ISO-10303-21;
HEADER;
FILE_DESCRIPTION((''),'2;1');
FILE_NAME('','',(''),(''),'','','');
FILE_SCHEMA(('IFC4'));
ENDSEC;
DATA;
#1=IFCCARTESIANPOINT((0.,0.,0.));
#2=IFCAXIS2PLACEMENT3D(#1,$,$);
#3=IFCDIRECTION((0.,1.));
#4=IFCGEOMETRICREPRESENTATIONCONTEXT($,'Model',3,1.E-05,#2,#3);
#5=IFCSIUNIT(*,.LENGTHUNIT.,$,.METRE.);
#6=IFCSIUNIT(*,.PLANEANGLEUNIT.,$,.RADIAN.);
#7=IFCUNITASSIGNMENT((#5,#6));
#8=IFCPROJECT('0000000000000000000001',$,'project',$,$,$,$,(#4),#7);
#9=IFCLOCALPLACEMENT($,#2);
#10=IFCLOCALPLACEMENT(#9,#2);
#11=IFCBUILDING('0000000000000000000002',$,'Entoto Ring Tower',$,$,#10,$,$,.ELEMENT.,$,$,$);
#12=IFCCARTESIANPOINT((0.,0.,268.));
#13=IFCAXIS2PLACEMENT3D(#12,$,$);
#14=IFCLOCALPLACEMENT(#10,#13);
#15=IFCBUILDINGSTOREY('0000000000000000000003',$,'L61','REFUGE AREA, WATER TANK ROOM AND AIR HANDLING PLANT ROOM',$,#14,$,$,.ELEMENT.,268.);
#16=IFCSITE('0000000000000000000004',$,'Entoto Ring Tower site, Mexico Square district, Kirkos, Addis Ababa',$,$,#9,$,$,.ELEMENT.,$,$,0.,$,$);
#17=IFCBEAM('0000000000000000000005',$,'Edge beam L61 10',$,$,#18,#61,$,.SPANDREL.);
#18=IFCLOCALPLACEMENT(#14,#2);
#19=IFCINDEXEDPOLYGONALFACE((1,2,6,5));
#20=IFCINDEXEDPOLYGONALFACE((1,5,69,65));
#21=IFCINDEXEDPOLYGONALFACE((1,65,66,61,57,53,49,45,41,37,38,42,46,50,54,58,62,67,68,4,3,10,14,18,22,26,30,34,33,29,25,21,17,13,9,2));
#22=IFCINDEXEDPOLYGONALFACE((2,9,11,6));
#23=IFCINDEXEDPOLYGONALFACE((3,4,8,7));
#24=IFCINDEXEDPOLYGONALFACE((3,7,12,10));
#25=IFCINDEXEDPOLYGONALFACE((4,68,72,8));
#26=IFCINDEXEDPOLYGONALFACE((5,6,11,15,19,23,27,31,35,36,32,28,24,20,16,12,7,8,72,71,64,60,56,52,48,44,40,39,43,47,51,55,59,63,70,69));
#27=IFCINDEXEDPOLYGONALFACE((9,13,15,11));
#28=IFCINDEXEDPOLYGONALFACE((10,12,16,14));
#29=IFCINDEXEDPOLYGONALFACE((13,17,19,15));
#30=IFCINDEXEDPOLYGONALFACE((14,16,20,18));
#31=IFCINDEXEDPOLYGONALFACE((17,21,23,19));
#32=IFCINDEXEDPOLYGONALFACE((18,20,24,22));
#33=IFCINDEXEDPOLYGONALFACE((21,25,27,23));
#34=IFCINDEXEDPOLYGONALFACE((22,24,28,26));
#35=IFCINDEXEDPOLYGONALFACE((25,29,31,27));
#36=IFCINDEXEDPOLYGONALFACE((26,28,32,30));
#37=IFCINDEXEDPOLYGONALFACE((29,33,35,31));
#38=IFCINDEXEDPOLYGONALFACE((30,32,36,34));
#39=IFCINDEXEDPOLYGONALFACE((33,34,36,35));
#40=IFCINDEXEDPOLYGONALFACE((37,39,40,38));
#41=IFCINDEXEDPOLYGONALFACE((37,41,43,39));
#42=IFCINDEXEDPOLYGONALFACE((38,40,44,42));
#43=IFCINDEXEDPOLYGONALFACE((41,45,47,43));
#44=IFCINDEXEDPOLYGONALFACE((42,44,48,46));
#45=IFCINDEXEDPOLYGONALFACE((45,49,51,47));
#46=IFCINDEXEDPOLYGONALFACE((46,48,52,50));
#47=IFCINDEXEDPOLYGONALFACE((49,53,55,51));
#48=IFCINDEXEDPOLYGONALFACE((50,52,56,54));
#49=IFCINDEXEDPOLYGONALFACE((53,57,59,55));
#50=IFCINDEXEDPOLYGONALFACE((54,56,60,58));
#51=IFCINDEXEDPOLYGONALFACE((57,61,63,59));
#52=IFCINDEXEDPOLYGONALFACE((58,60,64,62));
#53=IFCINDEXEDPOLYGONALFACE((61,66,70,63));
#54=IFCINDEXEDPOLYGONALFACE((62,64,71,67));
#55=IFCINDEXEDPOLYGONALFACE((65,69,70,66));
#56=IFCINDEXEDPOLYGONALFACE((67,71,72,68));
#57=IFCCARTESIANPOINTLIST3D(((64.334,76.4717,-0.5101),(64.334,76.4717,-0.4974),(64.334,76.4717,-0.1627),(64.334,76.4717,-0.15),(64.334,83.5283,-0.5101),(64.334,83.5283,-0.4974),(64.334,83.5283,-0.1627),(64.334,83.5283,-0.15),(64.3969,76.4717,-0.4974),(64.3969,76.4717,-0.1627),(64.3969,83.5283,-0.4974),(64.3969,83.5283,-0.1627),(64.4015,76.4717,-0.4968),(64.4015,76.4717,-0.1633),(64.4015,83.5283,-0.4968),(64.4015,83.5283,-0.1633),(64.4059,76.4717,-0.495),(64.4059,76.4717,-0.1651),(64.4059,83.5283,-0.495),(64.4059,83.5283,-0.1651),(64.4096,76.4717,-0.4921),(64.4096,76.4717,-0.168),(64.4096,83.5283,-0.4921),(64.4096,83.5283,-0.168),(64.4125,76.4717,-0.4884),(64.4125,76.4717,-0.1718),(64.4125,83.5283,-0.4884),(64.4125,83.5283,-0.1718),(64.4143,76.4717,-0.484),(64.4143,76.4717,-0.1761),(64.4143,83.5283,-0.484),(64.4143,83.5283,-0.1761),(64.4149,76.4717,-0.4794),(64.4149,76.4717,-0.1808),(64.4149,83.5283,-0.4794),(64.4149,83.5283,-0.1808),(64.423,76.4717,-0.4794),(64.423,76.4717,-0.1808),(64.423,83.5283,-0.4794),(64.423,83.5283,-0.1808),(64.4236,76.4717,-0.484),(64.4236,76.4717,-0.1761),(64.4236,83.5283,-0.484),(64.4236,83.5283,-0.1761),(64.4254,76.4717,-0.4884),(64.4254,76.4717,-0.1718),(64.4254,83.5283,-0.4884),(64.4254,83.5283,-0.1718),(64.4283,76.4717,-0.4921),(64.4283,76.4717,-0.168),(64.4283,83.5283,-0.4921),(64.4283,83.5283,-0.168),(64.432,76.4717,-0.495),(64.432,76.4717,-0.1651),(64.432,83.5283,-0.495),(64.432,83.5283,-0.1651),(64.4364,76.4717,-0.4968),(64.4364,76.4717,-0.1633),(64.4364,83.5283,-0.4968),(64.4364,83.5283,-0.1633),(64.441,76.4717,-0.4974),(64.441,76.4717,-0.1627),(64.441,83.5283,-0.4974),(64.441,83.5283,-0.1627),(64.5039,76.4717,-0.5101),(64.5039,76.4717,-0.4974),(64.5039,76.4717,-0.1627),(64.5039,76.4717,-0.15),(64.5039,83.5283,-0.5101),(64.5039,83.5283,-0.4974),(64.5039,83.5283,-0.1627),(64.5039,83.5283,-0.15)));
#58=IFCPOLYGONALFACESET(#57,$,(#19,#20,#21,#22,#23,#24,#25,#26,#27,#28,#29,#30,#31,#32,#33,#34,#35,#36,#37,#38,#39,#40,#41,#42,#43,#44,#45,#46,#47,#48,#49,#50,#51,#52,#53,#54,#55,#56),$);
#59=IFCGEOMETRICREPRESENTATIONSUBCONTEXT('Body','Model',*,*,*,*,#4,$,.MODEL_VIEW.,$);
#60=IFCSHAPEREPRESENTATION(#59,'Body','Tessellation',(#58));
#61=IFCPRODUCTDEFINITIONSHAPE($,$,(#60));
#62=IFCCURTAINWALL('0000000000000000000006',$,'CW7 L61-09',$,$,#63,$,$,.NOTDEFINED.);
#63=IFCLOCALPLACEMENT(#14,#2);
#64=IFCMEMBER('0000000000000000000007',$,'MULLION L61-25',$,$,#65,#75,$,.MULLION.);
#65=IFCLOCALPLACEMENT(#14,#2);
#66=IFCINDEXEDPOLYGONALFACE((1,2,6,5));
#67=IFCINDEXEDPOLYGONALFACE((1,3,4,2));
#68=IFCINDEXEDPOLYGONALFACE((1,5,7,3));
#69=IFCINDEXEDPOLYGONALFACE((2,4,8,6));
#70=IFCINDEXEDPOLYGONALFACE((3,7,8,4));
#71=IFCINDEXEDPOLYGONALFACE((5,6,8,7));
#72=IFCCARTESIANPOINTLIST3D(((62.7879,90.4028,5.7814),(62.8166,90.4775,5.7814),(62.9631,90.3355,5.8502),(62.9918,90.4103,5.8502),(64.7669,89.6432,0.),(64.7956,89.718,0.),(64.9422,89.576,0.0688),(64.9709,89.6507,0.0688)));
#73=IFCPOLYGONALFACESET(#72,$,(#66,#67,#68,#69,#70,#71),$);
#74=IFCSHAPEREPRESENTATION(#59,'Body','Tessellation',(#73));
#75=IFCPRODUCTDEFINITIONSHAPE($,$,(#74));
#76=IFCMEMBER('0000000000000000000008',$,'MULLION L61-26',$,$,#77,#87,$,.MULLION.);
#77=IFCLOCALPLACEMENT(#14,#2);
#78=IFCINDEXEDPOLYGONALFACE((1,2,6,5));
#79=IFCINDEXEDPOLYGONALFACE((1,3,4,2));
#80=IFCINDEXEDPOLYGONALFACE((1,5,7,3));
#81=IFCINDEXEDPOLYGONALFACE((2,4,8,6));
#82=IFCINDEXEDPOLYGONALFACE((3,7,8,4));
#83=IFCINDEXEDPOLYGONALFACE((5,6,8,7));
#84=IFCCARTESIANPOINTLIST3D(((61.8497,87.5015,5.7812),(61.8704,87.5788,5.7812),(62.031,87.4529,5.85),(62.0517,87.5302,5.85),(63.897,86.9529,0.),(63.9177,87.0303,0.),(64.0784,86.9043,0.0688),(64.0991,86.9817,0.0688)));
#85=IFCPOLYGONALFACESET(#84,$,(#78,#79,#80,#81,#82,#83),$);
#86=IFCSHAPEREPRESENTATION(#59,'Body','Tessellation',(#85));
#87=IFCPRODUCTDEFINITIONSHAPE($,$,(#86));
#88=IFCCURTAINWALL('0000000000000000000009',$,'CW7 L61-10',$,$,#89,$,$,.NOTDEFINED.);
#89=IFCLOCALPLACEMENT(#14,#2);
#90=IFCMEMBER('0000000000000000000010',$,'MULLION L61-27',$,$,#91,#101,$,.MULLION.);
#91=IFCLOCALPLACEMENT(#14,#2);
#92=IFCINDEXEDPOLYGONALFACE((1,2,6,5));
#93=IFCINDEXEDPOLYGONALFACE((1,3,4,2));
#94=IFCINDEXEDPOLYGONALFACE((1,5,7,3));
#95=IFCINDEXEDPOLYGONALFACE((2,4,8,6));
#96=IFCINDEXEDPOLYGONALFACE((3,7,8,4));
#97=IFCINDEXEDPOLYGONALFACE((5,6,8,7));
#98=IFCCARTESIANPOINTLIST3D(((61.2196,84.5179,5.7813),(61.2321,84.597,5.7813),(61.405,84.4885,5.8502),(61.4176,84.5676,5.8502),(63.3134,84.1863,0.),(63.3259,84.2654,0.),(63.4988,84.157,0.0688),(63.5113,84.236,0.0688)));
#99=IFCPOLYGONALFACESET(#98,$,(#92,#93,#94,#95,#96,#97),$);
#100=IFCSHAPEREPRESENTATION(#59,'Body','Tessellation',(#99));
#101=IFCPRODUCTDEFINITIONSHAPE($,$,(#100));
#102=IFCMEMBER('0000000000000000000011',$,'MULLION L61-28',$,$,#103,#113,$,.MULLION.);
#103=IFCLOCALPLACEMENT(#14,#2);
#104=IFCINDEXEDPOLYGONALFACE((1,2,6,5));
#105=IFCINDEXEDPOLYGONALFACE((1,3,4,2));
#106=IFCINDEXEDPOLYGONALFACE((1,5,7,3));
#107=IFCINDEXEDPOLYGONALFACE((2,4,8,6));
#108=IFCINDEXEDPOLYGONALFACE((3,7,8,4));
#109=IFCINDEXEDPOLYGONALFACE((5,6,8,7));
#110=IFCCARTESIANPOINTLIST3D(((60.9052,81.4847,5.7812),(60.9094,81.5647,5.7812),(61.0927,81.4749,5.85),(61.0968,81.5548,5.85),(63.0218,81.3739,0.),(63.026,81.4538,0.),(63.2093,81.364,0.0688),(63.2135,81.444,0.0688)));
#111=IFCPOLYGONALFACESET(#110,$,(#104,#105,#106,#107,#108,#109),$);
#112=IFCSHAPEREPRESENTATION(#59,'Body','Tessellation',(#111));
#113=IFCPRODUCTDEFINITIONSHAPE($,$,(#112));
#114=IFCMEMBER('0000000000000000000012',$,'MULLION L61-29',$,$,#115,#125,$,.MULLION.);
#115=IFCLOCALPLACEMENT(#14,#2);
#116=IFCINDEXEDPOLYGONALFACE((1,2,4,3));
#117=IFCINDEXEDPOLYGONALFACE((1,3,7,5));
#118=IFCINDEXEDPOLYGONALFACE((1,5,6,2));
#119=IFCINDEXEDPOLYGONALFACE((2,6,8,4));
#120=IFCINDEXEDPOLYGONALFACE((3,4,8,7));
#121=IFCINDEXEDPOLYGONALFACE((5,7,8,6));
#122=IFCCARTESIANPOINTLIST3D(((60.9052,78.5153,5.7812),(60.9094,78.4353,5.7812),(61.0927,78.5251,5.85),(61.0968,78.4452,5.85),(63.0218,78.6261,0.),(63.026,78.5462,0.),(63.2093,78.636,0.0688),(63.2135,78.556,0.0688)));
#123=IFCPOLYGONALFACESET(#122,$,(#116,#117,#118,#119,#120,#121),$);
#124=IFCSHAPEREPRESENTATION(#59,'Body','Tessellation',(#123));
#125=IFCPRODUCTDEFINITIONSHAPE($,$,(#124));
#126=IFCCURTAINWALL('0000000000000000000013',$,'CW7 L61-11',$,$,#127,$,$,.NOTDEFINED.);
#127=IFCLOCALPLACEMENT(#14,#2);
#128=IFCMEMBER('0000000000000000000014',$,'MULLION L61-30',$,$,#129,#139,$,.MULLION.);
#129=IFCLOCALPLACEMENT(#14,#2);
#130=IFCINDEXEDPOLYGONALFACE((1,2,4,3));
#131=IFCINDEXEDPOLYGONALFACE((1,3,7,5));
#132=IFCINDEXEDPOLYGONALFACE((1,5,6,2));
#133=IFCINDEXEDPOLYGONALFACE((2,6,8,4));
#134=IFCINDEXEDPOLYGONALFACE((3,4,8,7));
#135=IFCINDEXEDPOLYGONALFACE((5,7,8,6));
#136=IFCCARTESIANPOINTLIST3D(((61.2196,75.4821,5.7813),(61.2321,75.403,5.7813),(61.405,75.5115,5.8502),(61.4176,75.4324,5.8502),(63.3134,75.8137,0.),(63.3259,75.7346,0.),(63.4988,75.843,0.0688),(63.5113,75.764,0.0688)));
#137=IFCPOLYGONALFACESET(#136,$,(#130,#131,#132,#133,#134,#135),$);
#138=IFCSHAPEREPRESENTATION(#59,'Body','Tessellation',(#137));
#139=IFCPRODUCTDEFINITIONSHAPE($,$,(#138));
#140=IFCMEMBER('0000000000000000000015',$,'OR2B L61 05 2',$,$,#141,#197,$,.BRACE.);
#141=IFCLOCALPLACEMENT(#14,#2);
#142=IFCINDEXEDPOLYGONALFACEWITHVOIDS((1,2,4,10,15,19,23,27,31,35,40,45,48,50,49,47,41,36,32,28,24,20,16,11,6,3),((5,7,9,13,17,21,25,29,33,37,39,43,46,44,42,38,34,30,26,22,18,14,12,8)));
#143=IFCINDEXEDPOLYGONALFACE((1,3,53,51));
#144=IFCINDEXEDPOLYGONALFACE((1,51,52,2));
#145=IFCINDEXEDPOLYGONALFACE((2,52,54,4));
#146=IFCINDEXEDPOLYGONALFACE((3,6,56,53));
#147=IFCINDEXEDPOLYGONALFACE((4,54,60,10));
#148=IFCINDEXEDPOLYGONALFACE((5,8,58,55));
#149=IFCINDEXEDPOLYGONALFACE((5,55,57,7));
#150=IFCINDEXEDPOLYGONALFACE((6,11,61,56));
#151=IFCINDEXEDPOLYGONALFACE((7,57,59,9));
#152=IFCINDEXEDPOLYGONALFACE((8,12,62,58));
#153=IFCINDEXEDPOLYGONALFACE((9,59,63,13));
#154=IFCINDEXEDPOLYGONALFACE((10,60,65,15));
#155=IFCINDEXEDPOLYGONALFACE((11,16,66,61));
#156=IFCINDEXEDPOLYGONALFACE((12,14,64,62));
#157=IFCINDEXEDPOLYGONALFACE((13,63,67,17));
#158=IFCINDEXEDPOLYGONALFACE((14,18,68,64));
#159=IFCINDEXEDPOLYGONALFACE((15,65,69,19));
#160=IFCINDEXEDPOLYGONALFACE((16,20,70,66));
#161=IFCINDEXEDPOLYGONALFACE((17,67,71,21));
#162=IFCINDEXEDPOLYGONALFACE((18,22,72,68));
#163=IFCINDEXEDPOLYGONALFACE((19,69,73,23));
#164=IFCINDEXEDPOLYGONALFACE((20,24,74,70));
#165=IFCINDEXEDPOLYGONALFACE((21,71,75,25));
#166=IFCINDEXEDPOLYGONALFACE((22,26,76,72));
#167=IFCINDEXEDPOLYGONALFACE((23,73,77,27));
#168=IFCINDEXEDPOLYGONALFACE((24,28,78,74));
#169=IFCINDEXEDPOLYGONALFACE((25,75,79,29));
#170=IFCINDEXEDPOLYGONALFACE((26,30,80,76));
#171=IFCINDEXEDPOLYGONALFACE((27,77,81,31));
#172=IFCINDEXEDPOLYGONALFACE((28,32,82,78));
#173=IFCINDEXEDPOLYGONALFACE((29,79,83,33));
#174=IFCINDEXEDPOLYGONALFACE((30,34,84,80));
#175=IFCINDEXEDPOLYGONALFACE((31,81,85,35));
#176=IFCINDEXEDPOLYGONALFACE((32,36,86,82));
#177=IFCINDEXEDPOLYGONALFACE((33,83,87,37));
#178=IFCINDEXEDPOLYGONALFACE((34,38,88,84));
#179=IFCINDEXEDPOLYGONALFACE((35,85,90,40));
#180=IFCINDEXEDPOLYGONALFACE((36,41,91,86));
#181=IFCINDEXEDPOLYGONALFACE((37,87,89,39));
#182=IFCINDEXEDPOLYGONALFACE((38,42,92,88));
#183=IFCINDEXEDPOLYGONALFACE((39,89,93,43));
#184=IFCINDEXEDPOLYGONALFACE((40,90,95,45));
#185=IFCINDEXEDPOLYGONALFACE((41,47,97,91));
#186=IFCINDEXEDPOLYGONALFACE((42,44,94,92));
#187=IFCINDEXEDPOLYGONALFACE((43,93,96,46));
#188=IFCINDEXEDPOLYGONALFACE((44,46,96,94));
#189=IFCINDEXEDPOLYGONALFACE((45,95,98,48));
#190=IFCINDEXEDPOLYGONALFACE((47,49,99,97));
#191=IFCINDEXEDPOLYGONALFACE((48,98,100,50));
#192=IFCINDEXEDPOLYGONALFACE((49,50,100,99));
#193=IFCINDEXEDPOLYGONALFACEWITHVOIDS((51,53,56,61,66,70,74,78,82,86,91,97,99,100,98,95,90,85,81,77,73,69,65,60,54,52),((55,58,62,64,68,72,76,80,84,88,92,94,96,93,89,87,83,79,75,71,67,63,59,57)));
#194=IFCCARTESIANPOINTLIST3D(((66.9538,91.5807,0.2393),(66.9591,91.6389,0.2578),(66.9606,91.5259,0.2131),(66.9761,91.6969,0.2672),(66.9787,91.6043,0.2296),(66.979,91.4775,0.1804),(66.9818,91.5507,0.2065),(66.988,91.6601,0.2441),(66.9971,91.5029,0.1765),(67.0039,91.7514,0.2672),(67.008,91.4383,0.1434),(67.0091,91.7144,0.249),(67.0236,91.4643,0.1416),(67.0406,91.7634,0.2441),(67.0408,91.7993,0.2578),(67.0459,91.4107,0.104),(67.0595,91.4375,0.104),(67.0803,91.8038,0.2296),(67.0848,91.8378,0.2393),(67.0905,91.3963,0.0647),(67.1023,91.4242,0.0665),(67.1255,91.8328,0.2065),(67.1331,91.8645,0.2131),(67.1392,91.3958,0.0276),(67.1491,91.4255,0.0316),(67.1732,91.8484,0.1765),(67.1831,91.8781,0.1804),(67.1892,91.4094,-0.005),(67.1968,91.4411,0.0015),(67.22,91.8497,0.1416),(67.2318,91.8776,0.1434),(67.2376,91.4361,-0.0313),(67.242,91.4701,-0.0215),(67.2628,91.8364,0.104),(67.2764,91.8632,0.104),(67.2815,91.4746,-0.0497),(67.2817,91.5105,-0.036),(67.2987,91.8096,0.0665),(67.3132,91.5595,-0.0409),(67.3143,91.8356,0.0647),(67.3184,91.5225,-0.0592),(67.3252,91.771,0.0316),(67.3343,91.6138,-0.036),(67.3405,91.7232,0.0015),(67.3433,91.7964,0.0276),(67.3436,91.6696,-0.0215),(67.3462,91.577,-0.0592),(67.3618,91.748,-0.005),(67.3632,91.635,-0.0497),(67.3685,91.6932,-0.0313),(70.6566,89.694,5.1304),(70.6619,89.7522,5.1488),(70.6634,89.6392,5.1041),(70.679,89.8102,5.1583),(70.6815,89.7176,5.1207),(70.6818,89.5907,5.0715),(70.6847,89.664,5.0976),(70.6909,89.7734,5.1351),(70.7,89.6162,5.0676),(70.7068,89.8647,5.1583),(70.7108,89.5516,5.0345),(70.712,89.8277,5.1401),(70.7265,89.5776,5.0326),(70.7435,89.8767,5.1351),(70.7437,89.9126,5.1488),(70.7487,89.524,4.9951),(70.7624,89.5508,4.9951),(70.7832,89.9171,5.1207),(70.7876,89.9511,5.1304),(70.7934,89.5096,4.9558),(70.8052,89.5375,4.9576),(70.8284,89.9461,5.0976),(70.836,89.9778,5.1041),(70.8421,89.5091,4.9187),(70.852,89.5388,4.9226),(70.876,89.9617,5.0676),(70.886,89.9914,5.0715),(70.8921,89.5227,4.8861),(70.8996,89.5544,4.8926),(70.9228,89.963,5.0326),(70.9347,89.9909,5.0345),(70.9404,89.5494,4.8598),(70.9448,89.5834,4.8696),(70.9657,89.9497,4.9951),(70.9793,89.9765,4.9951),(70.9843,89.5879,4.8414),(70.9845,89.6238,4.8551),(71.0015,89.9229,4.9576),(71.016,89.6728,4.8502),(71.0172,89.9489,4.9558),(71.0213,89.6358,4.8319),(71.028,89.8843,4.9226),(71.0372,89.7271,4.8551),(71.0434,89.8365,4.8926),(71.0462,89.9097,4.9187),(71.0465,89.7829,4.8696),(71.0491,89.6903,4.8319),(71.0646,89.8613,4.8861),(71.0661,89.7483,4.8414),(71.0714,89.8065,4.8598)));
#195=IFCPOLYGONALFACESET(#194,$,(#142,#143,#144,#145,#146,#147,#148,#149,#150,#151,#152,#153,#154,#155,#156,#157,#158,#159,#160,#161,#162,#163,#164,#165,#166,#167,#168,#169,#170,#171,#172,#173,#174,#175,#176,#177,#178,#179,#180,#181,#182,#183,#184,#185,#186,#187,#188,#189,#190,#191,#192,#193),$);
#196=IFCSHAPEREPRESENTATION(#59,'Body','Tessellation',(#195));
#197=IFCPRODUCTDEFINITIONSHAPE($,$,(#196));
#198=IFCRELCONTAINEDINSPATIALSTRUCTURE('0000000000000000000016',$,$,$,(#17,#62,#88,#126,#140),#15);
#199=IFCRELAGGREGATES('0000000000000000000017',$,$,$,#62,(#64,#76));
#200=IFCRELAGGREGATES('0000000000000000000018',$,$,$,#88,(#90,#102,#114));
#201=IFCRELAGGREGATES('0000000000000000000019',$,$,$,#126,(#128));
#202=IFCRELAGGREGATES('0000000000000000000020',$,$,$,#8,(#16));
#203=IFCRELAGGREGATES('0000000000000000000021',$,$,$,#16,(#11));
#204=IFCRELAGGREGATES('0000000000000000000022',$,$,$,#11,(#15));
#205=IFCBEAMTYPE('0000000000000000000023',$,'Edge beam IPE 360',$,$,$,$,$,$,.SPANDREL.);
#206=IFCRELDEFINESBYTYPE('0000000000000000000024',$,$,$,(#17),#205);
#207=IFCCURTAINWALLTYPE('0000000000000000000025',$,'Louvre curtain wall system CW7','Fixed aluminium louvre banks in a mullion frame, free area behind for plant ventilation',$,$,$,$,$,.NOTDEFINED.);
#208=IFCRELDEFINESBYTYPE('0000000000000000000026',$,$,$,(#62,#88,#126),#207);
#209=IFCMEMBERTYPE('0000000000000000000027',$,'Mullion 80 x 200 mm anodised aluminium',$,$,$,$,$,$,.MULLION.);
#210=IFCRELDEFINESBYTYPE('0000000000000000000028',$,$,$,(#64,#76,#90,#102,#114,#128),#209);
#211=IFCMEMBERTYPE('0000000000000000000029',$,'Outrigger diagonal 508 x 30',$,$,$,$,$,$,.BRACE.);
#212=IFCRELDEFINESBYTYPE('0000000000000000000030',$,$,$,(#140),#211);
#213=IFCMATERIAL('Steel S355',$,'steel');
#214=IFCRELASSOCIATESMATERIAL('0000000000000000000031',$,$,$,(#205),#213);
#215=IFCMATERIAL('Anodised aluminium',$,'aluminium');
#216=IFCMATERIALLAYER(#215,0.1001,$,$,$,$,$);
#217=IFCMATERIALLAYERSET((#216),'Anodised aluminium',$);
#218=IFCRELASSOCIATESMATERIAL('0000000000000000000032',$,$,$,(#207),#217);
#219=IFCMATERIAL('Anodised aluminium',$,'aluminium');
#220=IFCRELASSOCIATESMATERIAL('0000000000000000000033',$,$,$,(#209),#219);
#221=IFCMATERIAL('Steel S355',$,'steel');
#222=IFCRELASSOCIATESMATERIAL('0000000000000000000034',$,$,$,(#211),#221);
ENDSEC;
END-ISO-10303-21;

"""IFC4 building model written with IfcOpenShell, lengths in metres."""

from ifc_helpers import new_model, si_unit, direction, frame, origin, origin_2d, place, context, subcontext, project, spatial, rectangle, circle, hollow_circle, i_section, extrude, material, layer, layer_set, material_profile, profile_set, type_object, element, aggregate, save


model = new_model("IFC4")

# Units and contexts
model_context = context("Model", 3, precision=1e-05, world=origin(), true_north=direction((0.0, 1.0)))
body_context = subcontext(model_context, "Body", "Model", "MODEL_VIEW")
ifc_project = project(units=[si_unit("LENGTHUNIT", "METRE"), si_unit("PLANEANGLEUNIT", "RADIAN")], contexts=[model_context])

# Site, building, storey
site_placement = place(None, origin())
site = spatial("IfcSite", under=ifc_project, at=site_placement, Name="Entoto Ring Tower site, Mexico Square district, Kirkos, Addis Ababa", CompositionType="ELEMENT", RefElevation=0.0)
building_placement = place(site_placement, origin())
building = spatial("IfcBuilding", under=site, at=building_placement, Name="Entoto Ring Tower", CompositionType="ELEMENT")
storey_placement = place(building_placement, frame((0.0, 0.0, 268.0)))
storey = spatial("IfcBuildingStorey", under=building, at=storey_placement, Name="L61", Description="REFUGE AREA, WATER TANK ROOM AND AIR HANDLING PLANT ROOM", CompositionType="ELEMENT", Elevation=268.0)

# Beam
ifc_material_1 = material(Name="Steel S355", Category="steel")
ifc_material_profile_1 = material_profile(ifc_material_1, i_section(OverallWidth=0.1699, OverallDepth=0.3601, WebThickness=0.0081, FlangeThickness=0.0127, FilletRadius=0.0181, at=origin_2d()), Name="IPE 360")
ifc_profile_set_1 = profile_set([ifc_material_profile_1], Name="Steel S355")
beam_type = type_object("IfcBeamType", Name="Edge beam IPE 360", PredefinedType="SPANDREL", material=ifc_profile_set_1)
beam_1_placement = place(storey_placement, frame((64.4189, 83.5283, -0.3301), z_axis=(0.0, -1.0, 0.0), x_axis=(1.0, 0.0, 0.0)))
element("IfcBeam", 1, at=beam_1_placement, inside=storey, type_object=beam_type, Name="Edge beam L61 10", PredefinedType="SPANDREL", context=body_context, shape_type="SweptSolid", body=[
    extrude(i_section(OverallWidth=0.1699, OverallDepth=0.3601, WebThickness=0.0081, FlangeThickness=0.0127, FilletRadius=0.0181, at=origin_2d()), origin(), (0.0, 0.0, 1.0), 7.0566),
])

# Curtain walls, members
ifc_material_2 = material(Name="Anodised aluminium", Category="aluminium")
ifc_layer_1 = layer(ifc_material_2, 0.1001)
ifc_layer_set_1 = layer_set([ifc_layer_1], Name="Anodised aluminium")
curtain_wall_type = type_object("IfcCurtainWallType", Name="Louvre curtain wall system CW7", Description="Fixed aluminium louvre banks in a mullion frame, free area behind for plant ventilation", PredefinedType="NOTDEFINED", material=ifc_layer_set_1)
curtain_wall_1_placement = place(storey_placement, origin())
curtain_wall_1 = element("IfcCurtainWall", 2, at=curtain_wall_1_placement, inside=storey, type_object=curtain_wall_type, Name="CW7 L61-09", PredefinedType="NOTDEFINED")
ifc_material_3 = material(Name="Anodised aluminium", Category="aluminium")
ifc_material_profile_2 = material_profile(ifc_material_3, rectangle(XDim=0.0801, YDim=0.2, at=origin_2d()), Name="Mullion 80 x 200 mm anodised aluminium")
ifc_profile_set_2 = profile_set([ifc_material_profile_2], Name="Anodised aluminium")
member_type_1 = type_object("IfcMemberType", Name="Mullion 80 x 200 mm anodised aluminium", PredefinedType="MULLION", material=ifc_profile_set_2)
member_1_placement = place(storey_placement, frame((64.8689, 89.647, 0.0344), z_axis=(-0.321391, 0.123347, 0.938879), x_axis=(-0.358308, -0.933604, 0.0)))
member_1 = element("IfcMember", 3, at=member_1_placement, type_object=member_type_1, Name="MULLION L61-25", PredefinedType="MULLION", context=body_context, shape_type="SweptSolid", body=[
    extrude(rectangle(XDim=0.0801, YDim=0.2, at=origin_2d()), origin(), (0.0, 0.0, 1.0), 6.1577),
])
member_2_placement = place(storey_placement, frame((63.998, 86.9673, 0.0344), z_axis=(-0.332496, 0.089091, 0.938887), x_axis=(-0.258817, -0.965926, 0.0)))
member_2 = element("IfcMember", 4, at=member_2_placement, type_object=member_type_1, Name="MULLION L61-26", PredefinedType="MULLION", context=body_context, shape_type="SweptSolid", body=[
    extrude(rectangle(XDim=0.0801, YDim=0.2, at=origin_2d()), origin(), (0.0, 0.0, 1.0), 6.1575),
])
aggregate(curtain_wall_1, [member_1, member_2])
curtain_wall_2_placement = place(storey_placement, origin())
curtain_wall_2 = element("IfcCurtainWall", 5, at=curtain_wall_2_placement, inside=storey, type_object=curtain_wall_type, Name="CW7 L61-10", PredefinedType="NOTDEFINED")
member_3_placement = place(storey_placement, frame((63.4124, 84.2112, 0.0344), z_axis=(-0.340025, 0.053843, 0.938874), x_axis=(-0.1564, -0.987694, 0.0)))
member_3 = element("IfcMember", 6, at=member_3_placement, type_object=member_type_1, Name="MULLION L61-27", PredefinedType="MULLION", context=body_context, shape_type="SweptSolid", body=[
    extrude(rectangle(XDim=0.0801, YDim=0.2, at=origin_2d()), origin(), (0.0, 0.0, 1.0), 6.1577),
])
member_4_placement = place(storey_placement, frame((63.1177, 81.4089, 0.0344), z_axis=(-0.343756, 0.018001, 0.938886), x_axis=(-0.052293, -0.998632, 0.0)))
member_4 = element("IfcMember", 7, at=member_4_placement, type_object=member_type_1, Name="MULLION L61-28", PredefinedType="MULLION", context=body_context, shape_type="SweptSolid", body=[
    extrude(rectangle(XDim=0.0801, YDim=0.2, at=origin_2d()), origin(), (0.0, 0.0, 1.0), 6.1575),
])
member_5_placement = place(storey_placement, frame((63.1177, 78.5911, 0.0344), z_axis=(-0.343756, -0.018001, 0.938886), x_axis=(0.052293, -0.998632, 0.0)))
member_5 = element("IfcMember", 8, at=member_5_placement, type_object=member_type_1, Name="MULLION L61-29", PredefinedType="MULLION", context=body_context, shape_type="SweptSolid", body=[
    extrude(rectangle(XDim=0.0801, YDim=0.2, at=origin_2d()), origin(), (0.0, 0.0, 1.0), 6.1575),
])
aggregate(curtain_wall_2, [member_3, member_4, member_5])

# Curtain wall, member
curtain_wall_3_placement = place(storey_placement, origin())
curtain_wall_3 = element("IfcCurtainWall", 9, at=curtain_wall_3_placement, inside=storey, type_object=curtain_wall_type, Name="CW7 L61-11", PredefinedType="NOTDEFINED")
member_6_placement = place(storey_placement, frame((63.4124, 75.7888, 0.0344), z_axis=(-0.340025, -0.053843, 0.938874), x_axis=(0.1564, -0.987694, 0.0)))
member_6 = element("IfcMember", 10, at=member_6_placement, type_object=member_type_1, Name="MULLION L61-30", PredefinedType="MULLION", context=body_context, shape_type="SweptSolid", body=[
    extrude(rectangle(XDim=0.0801, YDim=0.2, at=origin_2d()), origin(), (0.0, 0.0, 1.0), 6.1577),
])
aggregate(curtain_wall_3, [member_6])

# Member
ifc_material_4 = material(Name="Steel S355", Category="steel")
ifc_material_profile_3 = material_profile(ifc_material_4, hollow_circle(Radius=0.2539, WallThickness=0.03, at=origin_2d()), Name="CHS 508 x 30")
ifc_material_5 = material(Name="Concrete C60/75", Category="concrete")
ifc_material_profile_4 = material_profile(ifc_material_5, circle(Radius=0.2241, at=origin_2d()), Name="Concrete C60/75 infill")
ifc_profile_set_3 = profile_set([ifc_material_profile_3, ifc_material_profile_4], Name="Steel S355")
member_type_2 = type_object("IfcMemberType", Name="Outrigger diagonal 508 x 30", PredefinedType="BRACE", material=ifc_profile_set_3)
member_7_placement = place(storey_placement, frame((70.864, 89.7502, 4.9951), z_axis=(-0.576929, 0.293961, -0.762063), x_axis=(-0.453992, -0.891006, 0.0)))
element("IfcMember", 11, at=member_7_placement, inside=storey, type_object=member_type_2, Name="OR2B L61 05 2", PredefinedType="BRACE", context=body_context, shape_type="SweptSolid", body=[
    extrude(hollow_circle(Radius=0.2539, WallThickness=0.03, at=origin_2d()), origin(), (0.0, 0.0, 1.0), 6.4182),
])

save(model, "model.ifc")
